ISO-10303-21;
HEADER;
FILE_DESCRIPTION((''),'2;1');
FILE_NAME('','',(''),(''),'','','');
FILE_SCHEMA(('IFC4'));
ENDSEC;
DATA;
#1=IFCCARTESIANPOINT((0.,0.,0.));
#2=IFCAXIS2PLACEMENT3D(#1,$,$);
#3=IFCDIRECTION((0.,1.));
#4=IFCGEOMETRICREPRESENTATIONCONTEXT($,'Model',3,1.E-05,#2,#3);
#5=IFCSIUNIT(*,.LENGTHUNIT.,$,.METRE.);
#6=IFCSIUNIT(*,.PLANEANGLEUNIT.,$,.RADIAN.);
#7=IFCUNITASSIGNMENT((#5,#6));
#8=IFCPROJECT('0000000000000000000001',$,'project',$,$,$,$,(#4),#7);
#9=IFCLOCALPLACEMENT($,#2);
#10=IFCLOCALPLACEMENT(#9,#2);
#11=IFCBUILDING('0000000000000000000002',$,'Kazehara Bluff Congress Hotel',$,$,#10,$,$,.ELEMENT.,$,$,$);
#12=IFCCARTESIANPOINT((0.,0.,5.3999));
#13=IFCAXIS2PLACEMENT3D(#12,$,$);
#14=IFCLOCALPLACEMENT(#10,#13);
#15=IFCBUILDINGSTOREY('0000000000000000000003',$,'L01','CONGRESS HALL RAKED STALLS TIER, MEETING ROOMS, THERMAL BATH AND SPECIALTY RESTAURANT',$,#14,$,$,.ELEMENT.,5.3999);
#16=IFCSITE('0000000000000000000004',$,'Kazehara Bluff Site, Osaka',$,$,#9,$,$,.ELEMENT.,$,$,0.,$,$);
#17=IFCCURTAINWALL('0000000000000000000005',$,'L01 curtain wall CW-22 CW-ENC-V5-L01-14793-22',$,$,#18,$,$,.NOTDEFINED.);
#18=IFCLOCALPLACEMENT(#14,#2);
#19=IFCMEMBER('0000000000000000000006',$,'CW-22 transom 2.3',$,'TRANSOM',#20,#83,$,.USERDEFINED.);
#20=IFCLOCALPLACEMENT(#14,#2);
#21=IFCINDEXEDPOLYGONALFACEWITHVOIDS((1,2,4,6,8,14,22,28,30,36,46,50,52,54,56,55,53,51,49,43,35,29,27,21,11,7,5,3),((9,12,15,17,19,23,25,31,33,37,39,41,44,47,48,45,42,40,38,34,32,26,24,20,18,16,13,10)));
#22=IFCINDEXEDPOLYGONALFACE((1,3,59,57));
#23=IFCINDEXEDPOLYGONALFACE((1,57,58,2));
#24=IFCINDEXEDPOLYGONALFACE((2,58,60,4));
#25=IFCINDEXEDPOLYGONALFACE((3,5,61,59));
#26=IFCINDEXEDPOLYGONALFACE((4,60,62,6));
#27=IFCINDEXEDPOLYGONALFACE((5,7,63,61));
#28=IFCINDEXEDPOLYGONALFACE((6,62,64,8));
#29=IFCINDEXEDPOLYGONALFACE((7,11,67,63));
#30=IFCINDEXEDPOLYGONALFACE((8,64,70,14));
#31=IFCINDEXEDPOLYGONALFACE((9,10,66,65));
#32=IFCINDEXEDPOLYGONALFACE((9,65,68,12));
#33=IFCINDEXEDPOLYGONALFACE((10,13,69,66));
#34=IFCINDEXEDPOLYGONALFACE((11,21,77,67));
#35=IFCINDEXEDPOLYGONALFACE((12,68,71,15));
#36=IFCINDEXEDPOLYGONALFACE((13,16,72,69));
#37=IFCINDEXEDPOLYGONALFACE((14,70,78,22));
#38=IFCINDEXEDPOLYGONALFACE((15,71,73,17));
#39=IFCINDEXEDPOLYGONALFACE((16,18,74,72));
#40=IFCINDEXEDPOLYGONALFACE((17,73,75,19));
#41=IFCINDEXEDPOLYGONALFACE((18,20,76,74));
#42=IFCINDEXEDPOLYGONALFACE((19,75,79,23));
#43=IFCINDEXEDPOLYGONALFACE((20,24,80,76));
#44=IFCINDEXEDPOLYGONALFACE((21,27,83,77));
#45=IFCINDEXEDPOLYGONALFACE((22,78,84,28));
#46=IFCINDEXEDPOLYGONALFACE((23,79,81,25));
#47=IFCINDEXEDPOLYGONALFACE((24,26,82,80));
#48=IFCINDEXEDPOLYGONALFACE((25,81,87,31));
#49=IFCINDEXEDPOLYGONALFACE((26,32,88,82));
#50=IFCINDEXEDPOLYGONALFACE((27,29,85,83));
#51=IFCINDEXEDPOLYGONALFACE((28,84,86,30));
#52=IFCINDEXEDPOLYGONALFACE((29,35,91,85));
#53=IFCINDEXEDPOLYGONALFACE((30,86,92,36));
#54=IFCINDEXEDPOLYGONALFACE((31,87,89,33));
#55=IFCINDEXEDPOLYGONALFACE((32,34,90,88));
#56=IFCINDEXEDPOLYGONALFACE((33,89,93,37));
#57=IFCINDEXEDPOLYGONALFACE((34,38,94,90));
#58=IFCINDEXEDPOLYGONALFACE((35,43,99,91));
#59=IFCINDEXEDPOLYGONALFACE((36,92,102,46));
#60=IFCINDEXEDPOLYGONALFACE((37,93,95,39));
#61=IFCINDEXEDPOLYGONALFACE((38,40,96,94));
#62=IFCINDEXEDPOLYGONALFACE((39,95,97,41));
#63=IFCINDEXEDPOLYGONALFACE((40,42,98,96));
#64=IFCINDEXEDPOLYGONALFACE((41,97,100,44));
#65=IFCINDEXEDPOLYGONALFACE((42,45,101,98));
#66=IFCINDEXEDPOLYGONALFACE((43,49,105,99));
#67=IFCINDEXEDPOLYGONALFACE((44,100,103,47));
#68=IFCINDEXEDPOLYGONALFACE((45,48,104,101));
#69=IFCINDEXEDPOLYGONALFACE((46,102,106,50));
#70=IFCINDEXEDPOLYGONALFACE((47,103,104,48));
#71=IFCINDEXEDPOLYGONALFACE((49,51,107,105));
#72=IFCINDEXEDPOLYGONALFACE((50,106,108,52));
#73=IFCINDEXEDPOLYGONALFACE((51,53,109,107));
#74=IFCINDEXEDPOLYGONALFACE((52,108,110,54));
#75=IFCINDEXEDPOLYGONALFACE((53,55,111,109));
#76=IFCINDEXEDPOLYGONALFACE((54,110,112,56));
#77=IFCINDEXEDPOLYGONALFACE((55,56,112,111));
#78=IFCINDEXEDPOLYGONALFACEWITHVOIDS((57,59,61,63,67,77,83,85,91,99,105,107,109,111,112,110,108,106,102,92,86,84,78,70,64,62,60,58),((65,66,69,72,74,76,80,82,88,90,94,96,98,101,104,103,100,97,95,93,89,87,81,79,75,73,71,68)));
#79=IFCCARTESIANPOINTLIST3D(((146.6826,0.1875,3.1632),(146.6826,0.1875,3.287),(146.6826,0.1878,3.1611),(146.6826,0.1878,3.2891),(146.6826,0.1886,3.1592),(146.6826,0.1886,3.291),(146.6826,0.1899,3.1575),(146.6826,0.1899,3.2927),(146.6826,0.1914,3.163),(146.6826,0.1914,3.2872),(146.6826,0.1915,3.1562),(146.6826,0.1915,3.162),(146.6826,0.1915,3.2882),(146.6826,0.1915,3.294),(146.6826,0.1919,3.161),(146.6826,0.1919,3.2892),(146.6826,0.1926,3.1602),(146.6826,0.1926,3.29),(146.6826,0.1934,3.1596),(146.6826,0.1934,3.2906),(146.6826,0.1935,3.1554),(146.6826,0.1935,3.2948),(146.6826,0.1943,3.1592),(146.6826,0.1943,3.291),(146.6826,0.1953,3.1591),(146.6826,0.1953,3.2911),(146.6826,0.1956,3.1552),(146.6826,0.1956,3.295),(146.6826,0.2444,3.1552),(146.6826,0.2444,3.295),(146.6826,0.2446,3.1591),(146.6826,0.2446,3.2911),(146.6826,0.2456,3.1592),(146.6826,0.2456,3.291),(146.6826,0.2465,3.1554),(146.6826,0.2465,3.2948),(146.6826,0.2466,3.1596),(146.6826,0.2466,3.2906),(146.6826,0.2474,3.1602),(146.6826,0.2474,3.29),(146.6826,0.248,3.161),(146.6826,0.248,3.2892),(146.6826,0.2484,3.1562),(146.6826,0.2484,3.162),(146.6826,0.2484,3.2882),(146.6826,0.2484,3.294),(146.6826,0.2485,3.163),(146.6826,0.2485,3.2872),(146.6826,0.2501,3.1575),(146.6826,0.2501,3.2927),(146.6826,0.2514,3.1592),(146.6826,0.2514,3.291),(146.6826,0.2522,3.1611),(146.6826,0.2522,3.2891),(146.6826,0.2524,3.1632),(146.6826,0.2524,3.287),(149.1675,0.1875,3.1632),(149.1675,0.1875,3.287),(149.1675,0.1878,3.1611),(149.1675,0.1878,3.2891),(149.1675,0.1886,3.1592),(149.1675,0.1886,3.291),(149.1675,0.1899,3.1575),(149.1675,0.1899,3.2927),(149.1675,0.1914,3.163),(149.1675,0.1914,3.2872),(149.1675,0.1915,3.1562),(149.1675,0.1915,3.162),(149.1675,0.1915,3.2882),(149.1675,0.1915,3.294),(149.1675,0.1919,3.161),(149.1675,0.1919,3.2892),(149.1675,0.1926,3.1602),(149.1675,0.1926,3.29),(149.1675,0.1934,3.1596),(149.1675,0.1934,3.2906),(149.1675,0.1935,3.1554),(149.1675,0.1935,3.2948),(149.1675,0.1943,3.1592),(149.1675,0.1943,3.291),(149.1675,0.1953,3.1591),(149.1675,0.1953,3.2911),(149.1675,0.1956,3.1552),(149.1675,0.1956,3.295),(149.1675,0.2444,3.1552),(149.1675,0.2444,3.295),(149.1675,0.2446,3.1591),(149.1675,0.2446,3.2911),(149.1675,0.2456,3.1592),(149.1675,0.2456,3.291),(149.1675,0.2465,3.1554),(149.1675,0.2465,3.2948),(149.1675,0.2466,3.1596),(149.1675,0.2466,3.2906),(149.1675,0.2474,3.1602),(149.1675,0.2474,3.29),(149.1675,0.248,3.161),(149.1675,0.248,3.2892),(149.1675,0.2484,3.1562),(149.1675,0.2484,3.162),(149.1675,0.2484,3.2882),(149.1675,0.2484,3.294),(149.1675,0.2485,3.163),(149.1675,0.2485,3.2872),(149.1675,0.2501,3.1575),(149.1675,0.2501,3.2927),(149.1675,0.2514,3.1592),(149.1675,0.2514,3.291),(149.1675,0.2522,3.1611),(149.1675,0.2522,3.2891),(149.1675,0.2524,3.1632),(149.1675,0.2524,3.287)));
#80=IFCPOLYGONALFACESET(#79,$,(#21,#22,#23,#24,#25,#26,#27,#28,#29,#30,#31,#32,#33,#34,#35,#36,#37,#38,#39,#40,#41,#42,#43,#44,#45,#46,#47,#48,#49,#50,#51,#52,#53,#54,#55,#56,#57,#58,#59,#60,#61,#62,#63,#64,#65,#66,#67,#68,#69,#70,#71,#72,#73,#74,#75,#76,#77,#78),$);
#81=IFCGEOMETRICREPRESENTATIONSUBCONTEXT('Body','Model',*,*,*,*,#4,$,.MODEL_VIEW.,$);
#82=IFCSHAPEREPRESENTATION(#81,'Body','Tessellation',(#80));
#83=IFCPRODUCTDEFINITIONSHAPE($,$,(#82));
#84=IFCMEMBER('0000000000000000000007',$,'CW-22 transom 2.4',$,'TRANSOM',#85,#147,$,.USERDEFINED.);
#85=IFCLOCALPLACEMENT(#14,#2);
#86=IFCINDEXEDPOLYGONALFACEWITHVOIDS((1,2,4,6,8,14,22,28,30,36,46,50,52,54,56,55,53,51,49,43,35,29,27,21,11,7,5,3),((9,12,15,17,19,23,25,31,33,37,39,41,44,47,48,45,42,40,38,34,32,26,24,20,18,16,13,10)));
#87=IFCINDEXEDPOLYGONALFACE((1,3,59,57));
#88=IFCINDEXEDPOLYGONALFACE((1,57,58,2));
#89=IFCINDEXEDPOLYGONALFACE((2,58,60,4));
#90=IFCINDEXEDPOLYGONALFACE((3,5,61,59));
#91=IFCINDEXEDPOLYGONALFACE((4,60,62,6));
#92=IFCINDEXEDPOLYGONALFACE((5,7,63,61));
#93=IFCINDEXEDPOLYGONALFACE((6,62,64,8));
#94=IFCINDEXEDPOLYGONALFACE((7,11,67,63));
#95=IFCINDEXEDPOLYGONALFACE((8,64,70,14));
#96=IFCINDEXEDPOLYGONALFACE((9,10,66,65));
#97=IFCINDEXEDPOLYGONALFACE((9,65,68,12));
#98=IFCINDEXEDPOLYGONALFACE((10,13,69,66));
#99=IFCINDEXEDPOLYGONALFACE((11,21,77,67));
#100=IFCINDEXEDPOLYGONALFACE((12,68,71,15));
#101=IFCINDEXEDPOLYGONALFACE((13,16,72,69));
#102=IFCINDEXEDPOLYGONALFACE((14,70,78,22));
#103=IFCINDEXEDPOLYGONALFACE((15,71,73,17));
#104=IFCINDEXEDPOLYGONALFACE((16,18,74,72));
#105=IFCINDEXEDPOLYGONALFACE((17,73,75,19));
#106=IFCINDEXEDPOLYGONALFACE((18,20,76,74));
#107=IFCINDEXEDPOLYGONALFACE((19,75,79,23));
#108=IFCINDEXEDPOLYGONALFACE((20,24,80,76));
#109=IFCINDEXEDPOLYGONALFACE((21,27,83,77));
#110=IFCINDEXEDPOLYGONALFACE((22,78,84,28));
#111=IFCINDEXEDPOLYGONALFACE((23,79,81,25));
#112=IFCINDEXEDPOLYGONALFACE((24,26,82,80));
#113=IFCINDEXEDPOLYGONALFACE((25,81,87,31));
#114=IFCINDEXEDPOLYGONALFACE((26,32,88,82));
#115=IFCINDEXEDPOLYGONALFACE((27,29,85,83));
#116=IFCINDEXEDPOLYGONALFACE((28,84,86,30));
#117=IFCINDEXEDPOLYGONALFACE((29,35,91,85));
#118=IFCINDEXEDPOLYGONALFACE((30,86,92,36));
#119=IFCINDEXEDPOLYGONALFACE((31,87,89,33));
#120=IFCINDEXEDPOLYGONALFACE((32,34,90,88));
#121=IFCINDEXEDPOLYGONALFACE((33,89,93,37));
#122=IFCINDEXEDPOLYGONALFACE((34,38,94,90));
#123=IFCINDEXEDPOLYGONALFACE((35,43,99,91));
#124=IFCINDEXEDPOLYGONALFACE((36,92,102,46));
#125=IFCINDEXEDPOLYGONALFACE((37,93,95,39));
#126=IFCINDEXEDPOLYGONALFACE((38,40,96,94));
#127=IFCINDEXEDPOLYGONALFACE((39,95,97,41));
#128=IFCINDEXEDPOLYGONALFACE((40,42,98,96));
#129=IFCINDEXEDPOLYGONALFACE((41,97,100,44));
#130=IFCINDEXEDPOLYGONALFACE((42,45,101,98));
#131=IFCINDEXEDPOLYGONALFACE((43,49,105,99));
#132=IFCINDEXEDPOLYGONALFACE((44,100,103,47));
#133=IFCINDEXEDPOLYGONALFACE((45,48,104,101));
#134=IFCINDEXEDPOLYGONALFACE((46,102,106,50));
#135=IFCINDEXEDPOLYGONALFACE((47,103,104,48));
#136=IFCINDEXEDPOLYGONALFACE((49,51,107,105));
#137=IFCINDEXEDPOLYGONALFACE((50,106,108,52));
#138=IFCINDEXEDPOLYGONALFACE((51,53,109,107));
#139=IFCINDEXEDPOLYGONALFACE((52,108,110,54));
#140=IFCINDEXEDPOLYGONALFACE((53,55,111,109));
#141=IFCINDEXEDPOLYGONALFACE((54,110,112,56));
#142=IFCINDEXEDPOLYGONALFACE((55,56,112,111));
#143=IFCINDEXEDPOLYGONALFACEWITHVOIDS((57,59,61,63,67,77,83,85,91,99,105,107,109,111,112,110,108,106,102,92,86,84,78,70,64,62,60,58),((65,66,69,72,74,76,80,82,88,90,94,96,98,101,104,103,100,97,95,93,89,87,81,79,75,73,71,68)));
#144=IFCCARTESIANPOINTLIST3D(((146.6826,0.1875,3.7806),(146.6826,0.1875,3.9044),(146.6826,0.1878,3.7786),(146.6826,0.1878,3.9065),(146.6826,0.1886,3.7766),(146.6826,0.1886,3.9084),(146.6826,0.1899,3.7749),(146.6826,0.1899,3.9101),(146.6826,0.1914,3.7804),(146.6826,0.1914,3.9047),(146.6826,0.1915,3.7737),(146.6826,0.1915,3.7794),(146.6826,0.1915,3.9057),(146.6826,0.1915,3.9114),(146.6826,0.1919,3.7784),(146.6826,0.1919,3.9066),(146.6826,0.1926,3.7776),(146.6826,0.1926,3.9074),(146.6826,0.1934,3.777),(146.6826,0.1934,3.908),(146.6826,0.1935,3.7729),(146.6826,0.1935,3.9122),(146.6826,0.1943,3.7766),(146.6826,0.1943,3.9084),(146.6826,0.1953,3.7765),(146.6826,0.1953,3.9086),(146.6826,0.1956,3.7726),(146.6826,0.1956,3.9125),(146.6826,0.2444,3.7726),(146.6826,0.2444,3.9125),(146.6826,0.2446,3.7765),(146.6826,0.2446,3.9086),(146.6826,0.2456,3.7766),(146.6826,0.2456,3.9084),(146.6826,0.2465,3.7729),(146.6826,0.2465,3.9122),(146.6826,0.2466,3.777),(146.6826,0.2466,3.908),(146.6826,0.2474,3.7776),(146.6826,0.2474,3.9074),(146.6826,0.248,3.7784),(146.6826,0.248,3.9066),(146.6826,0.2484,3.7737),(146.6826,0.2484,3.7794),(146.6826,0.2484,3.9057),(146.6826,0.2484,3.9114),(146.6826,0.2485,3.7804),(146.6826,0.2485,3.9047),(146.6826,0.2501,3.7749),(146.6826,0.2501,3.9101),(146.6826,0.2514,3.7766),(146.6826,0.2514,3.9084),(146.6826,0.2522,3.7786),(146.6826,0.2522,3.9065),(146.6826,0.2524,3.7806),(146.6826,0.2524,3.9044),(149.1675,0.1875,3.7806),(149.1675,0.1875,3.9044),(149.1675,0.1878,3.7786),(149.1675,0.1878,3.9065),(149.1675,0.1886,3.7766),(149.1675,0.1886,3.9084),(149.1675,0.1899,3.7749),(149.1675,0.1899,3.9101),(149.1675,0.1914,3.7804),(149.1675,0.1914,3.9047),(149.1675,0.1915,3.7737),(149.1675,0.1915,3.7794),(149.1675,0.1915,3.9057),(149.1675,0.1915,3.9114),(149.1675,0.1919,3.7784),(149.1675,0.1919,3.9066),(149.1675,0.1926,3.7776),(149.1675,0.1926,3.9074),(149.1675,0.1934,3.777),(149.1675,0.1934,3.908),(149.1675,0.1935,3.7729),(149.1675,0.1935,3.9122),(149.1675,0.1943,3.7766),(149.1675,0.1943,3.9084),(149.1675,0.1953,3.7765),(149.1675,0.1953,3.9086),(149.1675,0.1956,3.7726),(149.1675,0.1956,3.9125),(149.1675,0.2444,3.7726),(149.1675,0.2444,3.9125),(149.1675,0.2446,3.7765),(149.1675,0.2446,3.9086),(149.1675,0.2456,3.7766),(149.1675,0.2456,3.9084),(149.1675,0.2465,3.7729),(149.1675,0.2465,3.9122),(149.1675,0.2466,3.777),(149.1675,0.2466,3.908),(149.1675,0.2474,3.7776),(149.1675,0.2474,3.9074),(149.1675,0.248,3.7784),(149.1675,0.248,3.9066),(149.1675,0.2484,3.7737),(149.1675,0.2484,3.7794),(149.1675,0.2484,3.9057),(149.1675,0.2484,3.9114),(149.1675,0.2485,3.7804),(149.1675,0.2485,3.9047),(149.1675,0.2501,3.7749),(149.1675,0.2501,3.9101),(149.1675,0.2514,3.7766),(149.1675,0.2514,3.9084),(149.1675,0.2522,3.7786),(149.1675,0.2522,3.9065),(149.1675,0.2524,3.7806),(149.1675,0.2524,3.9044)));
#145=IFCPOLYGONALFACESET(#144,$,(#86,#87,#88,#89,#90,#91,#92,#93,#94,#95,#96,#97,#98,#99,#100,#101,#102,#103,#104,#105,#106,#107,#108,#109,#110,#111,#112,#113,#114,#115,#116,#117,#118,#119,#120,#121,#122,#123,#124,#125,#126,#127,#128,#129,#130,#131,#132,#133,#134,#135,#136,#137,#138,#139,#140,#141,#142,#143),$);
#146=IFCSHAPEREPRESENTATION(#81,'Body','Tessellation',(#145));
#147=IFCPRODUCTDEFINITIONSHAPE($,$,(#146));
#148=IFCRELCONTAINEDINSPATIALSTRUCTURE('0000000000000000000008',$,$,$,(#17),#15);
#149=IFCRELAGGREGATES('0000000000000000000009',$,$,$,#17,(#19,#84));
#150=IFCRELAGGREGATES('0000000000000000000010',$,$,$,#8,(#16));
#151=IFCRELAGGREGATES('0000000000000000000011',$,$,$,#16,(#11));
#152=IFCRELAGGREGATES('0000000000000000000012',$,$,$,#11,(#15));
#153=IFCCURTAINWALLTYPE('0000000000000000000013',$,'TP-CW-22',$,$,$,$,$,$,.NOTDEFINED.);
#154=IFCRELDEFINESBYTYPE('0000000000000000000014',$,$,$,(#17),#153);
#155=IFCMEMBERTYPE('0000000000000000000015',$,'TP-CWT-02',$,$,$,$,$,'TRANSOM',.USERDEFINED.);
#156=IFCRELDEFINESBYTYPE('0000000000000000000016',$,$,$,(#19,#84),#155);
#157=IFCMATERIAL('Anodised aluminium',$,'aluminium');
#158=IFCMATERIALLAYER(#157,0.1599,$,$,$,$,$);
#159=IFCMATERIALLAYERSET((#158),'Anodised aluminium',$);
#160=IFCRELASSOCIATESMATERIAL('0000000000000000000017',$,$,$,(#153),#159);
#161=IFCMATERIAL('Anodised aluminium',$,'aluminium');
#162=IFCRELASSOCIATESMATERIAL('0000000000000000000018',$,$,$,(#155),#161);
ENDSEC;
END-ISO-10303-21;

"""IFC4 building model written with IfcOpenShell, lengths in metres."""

from ifc_helpers import new_model, si_unit, direction, frame, origin, origin_2d, place, context, subcontext, project, spatial, hollow_rectangle, extrude, material, layer, layer_set, material_profile, profile_set, type_object, element, aggregate, save


model = new_model("IFC4")

# Units and contexts
model_context = context("Model", 3, precision=1e-05, world=origin(), true_north=direction((0.0, 1.0)))
body_context = subcontext(model_context, "Body", "Model", "MODEL_VIEW")
ifc_project = project(units=[si_unit("LENGTHUNIT", "METRE"), si_unit("PLANEANGLEUNIT", "RADIAN")], contexts=[model_context])

# Site, building, storey
site_placement = place(None, origin())
site = spatial("IfcSite", under=ifc_project, at=site_placement, Name="Kazehara Bluff Site, Osaka", CompositionType="ELEMENT", RefElevation=0.0)
building_placement = place(site_placement, origin())
building = spatial("IfcBuilding", under=site, at=building_placement, Name="Kazehara Bluff Congress Hotel", CompositionType="ELEMENT")
storey_placement = place(building_placement, frame((0.0, 0.0, 5.3999)))
storey = spatial("IfcBuildingStorey", under=building, at=storey_placement, Name="L01", Description="CONGRESS HALL RAKED STALLS TIER, MEETING ROOMS, THERMAL BATH AND SPECIALTY RESTAURANT", CompositionType="ELEMENT", Elevation=5.3999)

# Curtain wall
ifc_material_1 = material(Name="Anodised aluminium", Category="aluminium")
ifc_layer_1 = layer(ifc_material_1, 0.1599)
ifc_layer_set_1 = layer_set([ifc_layer_1], Name="Anodised aluminium")
curtain_wall_type_1 = type_object("IfcCurtainWallType", Name="TP-CW-22", PredefinedType="NOTDEFINED", material=ifc_layer_set_1)
curtain_wall_1_placement = place(storey_placement, origin())
curtain_wall_1 = element("IfcCurtainWall", 1, at=curtain_wall_1_placement, inside=storey, type_object=curtain_wall_type_1, Name="L01 curtain wall CW-22 CW-ENC-V5-L01-14793-22", PredefinedType="NOTDEFINED")

# Members
ifc_material_2 = material(Name="Anodised aluminium", Category="aluminium")
ifc_material_profile_1 = material_profile(ifc_material_2, hollow_rectangle(XDim=0.0649, YDim=0.1399, WallThickness=0.0039, InnerFilletRadius=0.0039, OuterFilletRadius=0.0081, at=origin_2d()))
ifc_profile_set_1 = profile_set([ifc_material_profile_1], Name="Anodised aluminium")
member_type_1 = type_object("IfcMemberType", Name="TP-CWT-02", ElementType="TRANSOM", PredefinedType="USERDEFINED", material=ifc_profile_set_1)
member_1_placement = place(storey_placement, frame((149.1675, 0.22, 3.2251), z_axis=(-1.0, 0.0, 0.0), x_axis=(0.0, -1.0, 0.0)))
member_1 = element("IfcMember", 2, at=member_1_placement, type_object=member_type_1, Name="CW-22 transom 2.3", ObjectType="TRANSOM", PredefinedType="USERDEFINED", context=body_context, shape_type="SweptSolid", body=[
    extrude(hollow_rectangle(XDim=0.0649, YDim=0.1399, WallThickness=0.0039, InnerFilletRadius=0.0039, OuterFilletRadius=0.0081, at=origin_2d()), origin(), (0.0, 0.0, 1.0), 2.4849),
])
member_2_placement = place(storey_placement, frame((149.1675, 0.22, 3.8425), z_axis=(-1.0, 0.0, 0.0), x_axis=(0.0, -1.0, 0.0)))
member_2 = element("IfcMember", 3, at=member_2_placement, type_object=member_type_1, Name="CW-22 transom 2.4", ObjectType="TRANSOM", PredefinedType="USERDEFINED", context=body_context, shape_type="SweptSolid", body=[
    extrude(hollow_rectangle(XDim=0.0649, YDim=0.1399, WallThickness=0.0039, InnerFilletRadius=0.0039, OuterFilletRadius=0.0081, at=origin_2d()), origin(), (0.0, 0.0, 1.0), 2.4849),
])

aggregate(curtain_wall_1, [member_1, member_2])

save(model, "model.ifc")
